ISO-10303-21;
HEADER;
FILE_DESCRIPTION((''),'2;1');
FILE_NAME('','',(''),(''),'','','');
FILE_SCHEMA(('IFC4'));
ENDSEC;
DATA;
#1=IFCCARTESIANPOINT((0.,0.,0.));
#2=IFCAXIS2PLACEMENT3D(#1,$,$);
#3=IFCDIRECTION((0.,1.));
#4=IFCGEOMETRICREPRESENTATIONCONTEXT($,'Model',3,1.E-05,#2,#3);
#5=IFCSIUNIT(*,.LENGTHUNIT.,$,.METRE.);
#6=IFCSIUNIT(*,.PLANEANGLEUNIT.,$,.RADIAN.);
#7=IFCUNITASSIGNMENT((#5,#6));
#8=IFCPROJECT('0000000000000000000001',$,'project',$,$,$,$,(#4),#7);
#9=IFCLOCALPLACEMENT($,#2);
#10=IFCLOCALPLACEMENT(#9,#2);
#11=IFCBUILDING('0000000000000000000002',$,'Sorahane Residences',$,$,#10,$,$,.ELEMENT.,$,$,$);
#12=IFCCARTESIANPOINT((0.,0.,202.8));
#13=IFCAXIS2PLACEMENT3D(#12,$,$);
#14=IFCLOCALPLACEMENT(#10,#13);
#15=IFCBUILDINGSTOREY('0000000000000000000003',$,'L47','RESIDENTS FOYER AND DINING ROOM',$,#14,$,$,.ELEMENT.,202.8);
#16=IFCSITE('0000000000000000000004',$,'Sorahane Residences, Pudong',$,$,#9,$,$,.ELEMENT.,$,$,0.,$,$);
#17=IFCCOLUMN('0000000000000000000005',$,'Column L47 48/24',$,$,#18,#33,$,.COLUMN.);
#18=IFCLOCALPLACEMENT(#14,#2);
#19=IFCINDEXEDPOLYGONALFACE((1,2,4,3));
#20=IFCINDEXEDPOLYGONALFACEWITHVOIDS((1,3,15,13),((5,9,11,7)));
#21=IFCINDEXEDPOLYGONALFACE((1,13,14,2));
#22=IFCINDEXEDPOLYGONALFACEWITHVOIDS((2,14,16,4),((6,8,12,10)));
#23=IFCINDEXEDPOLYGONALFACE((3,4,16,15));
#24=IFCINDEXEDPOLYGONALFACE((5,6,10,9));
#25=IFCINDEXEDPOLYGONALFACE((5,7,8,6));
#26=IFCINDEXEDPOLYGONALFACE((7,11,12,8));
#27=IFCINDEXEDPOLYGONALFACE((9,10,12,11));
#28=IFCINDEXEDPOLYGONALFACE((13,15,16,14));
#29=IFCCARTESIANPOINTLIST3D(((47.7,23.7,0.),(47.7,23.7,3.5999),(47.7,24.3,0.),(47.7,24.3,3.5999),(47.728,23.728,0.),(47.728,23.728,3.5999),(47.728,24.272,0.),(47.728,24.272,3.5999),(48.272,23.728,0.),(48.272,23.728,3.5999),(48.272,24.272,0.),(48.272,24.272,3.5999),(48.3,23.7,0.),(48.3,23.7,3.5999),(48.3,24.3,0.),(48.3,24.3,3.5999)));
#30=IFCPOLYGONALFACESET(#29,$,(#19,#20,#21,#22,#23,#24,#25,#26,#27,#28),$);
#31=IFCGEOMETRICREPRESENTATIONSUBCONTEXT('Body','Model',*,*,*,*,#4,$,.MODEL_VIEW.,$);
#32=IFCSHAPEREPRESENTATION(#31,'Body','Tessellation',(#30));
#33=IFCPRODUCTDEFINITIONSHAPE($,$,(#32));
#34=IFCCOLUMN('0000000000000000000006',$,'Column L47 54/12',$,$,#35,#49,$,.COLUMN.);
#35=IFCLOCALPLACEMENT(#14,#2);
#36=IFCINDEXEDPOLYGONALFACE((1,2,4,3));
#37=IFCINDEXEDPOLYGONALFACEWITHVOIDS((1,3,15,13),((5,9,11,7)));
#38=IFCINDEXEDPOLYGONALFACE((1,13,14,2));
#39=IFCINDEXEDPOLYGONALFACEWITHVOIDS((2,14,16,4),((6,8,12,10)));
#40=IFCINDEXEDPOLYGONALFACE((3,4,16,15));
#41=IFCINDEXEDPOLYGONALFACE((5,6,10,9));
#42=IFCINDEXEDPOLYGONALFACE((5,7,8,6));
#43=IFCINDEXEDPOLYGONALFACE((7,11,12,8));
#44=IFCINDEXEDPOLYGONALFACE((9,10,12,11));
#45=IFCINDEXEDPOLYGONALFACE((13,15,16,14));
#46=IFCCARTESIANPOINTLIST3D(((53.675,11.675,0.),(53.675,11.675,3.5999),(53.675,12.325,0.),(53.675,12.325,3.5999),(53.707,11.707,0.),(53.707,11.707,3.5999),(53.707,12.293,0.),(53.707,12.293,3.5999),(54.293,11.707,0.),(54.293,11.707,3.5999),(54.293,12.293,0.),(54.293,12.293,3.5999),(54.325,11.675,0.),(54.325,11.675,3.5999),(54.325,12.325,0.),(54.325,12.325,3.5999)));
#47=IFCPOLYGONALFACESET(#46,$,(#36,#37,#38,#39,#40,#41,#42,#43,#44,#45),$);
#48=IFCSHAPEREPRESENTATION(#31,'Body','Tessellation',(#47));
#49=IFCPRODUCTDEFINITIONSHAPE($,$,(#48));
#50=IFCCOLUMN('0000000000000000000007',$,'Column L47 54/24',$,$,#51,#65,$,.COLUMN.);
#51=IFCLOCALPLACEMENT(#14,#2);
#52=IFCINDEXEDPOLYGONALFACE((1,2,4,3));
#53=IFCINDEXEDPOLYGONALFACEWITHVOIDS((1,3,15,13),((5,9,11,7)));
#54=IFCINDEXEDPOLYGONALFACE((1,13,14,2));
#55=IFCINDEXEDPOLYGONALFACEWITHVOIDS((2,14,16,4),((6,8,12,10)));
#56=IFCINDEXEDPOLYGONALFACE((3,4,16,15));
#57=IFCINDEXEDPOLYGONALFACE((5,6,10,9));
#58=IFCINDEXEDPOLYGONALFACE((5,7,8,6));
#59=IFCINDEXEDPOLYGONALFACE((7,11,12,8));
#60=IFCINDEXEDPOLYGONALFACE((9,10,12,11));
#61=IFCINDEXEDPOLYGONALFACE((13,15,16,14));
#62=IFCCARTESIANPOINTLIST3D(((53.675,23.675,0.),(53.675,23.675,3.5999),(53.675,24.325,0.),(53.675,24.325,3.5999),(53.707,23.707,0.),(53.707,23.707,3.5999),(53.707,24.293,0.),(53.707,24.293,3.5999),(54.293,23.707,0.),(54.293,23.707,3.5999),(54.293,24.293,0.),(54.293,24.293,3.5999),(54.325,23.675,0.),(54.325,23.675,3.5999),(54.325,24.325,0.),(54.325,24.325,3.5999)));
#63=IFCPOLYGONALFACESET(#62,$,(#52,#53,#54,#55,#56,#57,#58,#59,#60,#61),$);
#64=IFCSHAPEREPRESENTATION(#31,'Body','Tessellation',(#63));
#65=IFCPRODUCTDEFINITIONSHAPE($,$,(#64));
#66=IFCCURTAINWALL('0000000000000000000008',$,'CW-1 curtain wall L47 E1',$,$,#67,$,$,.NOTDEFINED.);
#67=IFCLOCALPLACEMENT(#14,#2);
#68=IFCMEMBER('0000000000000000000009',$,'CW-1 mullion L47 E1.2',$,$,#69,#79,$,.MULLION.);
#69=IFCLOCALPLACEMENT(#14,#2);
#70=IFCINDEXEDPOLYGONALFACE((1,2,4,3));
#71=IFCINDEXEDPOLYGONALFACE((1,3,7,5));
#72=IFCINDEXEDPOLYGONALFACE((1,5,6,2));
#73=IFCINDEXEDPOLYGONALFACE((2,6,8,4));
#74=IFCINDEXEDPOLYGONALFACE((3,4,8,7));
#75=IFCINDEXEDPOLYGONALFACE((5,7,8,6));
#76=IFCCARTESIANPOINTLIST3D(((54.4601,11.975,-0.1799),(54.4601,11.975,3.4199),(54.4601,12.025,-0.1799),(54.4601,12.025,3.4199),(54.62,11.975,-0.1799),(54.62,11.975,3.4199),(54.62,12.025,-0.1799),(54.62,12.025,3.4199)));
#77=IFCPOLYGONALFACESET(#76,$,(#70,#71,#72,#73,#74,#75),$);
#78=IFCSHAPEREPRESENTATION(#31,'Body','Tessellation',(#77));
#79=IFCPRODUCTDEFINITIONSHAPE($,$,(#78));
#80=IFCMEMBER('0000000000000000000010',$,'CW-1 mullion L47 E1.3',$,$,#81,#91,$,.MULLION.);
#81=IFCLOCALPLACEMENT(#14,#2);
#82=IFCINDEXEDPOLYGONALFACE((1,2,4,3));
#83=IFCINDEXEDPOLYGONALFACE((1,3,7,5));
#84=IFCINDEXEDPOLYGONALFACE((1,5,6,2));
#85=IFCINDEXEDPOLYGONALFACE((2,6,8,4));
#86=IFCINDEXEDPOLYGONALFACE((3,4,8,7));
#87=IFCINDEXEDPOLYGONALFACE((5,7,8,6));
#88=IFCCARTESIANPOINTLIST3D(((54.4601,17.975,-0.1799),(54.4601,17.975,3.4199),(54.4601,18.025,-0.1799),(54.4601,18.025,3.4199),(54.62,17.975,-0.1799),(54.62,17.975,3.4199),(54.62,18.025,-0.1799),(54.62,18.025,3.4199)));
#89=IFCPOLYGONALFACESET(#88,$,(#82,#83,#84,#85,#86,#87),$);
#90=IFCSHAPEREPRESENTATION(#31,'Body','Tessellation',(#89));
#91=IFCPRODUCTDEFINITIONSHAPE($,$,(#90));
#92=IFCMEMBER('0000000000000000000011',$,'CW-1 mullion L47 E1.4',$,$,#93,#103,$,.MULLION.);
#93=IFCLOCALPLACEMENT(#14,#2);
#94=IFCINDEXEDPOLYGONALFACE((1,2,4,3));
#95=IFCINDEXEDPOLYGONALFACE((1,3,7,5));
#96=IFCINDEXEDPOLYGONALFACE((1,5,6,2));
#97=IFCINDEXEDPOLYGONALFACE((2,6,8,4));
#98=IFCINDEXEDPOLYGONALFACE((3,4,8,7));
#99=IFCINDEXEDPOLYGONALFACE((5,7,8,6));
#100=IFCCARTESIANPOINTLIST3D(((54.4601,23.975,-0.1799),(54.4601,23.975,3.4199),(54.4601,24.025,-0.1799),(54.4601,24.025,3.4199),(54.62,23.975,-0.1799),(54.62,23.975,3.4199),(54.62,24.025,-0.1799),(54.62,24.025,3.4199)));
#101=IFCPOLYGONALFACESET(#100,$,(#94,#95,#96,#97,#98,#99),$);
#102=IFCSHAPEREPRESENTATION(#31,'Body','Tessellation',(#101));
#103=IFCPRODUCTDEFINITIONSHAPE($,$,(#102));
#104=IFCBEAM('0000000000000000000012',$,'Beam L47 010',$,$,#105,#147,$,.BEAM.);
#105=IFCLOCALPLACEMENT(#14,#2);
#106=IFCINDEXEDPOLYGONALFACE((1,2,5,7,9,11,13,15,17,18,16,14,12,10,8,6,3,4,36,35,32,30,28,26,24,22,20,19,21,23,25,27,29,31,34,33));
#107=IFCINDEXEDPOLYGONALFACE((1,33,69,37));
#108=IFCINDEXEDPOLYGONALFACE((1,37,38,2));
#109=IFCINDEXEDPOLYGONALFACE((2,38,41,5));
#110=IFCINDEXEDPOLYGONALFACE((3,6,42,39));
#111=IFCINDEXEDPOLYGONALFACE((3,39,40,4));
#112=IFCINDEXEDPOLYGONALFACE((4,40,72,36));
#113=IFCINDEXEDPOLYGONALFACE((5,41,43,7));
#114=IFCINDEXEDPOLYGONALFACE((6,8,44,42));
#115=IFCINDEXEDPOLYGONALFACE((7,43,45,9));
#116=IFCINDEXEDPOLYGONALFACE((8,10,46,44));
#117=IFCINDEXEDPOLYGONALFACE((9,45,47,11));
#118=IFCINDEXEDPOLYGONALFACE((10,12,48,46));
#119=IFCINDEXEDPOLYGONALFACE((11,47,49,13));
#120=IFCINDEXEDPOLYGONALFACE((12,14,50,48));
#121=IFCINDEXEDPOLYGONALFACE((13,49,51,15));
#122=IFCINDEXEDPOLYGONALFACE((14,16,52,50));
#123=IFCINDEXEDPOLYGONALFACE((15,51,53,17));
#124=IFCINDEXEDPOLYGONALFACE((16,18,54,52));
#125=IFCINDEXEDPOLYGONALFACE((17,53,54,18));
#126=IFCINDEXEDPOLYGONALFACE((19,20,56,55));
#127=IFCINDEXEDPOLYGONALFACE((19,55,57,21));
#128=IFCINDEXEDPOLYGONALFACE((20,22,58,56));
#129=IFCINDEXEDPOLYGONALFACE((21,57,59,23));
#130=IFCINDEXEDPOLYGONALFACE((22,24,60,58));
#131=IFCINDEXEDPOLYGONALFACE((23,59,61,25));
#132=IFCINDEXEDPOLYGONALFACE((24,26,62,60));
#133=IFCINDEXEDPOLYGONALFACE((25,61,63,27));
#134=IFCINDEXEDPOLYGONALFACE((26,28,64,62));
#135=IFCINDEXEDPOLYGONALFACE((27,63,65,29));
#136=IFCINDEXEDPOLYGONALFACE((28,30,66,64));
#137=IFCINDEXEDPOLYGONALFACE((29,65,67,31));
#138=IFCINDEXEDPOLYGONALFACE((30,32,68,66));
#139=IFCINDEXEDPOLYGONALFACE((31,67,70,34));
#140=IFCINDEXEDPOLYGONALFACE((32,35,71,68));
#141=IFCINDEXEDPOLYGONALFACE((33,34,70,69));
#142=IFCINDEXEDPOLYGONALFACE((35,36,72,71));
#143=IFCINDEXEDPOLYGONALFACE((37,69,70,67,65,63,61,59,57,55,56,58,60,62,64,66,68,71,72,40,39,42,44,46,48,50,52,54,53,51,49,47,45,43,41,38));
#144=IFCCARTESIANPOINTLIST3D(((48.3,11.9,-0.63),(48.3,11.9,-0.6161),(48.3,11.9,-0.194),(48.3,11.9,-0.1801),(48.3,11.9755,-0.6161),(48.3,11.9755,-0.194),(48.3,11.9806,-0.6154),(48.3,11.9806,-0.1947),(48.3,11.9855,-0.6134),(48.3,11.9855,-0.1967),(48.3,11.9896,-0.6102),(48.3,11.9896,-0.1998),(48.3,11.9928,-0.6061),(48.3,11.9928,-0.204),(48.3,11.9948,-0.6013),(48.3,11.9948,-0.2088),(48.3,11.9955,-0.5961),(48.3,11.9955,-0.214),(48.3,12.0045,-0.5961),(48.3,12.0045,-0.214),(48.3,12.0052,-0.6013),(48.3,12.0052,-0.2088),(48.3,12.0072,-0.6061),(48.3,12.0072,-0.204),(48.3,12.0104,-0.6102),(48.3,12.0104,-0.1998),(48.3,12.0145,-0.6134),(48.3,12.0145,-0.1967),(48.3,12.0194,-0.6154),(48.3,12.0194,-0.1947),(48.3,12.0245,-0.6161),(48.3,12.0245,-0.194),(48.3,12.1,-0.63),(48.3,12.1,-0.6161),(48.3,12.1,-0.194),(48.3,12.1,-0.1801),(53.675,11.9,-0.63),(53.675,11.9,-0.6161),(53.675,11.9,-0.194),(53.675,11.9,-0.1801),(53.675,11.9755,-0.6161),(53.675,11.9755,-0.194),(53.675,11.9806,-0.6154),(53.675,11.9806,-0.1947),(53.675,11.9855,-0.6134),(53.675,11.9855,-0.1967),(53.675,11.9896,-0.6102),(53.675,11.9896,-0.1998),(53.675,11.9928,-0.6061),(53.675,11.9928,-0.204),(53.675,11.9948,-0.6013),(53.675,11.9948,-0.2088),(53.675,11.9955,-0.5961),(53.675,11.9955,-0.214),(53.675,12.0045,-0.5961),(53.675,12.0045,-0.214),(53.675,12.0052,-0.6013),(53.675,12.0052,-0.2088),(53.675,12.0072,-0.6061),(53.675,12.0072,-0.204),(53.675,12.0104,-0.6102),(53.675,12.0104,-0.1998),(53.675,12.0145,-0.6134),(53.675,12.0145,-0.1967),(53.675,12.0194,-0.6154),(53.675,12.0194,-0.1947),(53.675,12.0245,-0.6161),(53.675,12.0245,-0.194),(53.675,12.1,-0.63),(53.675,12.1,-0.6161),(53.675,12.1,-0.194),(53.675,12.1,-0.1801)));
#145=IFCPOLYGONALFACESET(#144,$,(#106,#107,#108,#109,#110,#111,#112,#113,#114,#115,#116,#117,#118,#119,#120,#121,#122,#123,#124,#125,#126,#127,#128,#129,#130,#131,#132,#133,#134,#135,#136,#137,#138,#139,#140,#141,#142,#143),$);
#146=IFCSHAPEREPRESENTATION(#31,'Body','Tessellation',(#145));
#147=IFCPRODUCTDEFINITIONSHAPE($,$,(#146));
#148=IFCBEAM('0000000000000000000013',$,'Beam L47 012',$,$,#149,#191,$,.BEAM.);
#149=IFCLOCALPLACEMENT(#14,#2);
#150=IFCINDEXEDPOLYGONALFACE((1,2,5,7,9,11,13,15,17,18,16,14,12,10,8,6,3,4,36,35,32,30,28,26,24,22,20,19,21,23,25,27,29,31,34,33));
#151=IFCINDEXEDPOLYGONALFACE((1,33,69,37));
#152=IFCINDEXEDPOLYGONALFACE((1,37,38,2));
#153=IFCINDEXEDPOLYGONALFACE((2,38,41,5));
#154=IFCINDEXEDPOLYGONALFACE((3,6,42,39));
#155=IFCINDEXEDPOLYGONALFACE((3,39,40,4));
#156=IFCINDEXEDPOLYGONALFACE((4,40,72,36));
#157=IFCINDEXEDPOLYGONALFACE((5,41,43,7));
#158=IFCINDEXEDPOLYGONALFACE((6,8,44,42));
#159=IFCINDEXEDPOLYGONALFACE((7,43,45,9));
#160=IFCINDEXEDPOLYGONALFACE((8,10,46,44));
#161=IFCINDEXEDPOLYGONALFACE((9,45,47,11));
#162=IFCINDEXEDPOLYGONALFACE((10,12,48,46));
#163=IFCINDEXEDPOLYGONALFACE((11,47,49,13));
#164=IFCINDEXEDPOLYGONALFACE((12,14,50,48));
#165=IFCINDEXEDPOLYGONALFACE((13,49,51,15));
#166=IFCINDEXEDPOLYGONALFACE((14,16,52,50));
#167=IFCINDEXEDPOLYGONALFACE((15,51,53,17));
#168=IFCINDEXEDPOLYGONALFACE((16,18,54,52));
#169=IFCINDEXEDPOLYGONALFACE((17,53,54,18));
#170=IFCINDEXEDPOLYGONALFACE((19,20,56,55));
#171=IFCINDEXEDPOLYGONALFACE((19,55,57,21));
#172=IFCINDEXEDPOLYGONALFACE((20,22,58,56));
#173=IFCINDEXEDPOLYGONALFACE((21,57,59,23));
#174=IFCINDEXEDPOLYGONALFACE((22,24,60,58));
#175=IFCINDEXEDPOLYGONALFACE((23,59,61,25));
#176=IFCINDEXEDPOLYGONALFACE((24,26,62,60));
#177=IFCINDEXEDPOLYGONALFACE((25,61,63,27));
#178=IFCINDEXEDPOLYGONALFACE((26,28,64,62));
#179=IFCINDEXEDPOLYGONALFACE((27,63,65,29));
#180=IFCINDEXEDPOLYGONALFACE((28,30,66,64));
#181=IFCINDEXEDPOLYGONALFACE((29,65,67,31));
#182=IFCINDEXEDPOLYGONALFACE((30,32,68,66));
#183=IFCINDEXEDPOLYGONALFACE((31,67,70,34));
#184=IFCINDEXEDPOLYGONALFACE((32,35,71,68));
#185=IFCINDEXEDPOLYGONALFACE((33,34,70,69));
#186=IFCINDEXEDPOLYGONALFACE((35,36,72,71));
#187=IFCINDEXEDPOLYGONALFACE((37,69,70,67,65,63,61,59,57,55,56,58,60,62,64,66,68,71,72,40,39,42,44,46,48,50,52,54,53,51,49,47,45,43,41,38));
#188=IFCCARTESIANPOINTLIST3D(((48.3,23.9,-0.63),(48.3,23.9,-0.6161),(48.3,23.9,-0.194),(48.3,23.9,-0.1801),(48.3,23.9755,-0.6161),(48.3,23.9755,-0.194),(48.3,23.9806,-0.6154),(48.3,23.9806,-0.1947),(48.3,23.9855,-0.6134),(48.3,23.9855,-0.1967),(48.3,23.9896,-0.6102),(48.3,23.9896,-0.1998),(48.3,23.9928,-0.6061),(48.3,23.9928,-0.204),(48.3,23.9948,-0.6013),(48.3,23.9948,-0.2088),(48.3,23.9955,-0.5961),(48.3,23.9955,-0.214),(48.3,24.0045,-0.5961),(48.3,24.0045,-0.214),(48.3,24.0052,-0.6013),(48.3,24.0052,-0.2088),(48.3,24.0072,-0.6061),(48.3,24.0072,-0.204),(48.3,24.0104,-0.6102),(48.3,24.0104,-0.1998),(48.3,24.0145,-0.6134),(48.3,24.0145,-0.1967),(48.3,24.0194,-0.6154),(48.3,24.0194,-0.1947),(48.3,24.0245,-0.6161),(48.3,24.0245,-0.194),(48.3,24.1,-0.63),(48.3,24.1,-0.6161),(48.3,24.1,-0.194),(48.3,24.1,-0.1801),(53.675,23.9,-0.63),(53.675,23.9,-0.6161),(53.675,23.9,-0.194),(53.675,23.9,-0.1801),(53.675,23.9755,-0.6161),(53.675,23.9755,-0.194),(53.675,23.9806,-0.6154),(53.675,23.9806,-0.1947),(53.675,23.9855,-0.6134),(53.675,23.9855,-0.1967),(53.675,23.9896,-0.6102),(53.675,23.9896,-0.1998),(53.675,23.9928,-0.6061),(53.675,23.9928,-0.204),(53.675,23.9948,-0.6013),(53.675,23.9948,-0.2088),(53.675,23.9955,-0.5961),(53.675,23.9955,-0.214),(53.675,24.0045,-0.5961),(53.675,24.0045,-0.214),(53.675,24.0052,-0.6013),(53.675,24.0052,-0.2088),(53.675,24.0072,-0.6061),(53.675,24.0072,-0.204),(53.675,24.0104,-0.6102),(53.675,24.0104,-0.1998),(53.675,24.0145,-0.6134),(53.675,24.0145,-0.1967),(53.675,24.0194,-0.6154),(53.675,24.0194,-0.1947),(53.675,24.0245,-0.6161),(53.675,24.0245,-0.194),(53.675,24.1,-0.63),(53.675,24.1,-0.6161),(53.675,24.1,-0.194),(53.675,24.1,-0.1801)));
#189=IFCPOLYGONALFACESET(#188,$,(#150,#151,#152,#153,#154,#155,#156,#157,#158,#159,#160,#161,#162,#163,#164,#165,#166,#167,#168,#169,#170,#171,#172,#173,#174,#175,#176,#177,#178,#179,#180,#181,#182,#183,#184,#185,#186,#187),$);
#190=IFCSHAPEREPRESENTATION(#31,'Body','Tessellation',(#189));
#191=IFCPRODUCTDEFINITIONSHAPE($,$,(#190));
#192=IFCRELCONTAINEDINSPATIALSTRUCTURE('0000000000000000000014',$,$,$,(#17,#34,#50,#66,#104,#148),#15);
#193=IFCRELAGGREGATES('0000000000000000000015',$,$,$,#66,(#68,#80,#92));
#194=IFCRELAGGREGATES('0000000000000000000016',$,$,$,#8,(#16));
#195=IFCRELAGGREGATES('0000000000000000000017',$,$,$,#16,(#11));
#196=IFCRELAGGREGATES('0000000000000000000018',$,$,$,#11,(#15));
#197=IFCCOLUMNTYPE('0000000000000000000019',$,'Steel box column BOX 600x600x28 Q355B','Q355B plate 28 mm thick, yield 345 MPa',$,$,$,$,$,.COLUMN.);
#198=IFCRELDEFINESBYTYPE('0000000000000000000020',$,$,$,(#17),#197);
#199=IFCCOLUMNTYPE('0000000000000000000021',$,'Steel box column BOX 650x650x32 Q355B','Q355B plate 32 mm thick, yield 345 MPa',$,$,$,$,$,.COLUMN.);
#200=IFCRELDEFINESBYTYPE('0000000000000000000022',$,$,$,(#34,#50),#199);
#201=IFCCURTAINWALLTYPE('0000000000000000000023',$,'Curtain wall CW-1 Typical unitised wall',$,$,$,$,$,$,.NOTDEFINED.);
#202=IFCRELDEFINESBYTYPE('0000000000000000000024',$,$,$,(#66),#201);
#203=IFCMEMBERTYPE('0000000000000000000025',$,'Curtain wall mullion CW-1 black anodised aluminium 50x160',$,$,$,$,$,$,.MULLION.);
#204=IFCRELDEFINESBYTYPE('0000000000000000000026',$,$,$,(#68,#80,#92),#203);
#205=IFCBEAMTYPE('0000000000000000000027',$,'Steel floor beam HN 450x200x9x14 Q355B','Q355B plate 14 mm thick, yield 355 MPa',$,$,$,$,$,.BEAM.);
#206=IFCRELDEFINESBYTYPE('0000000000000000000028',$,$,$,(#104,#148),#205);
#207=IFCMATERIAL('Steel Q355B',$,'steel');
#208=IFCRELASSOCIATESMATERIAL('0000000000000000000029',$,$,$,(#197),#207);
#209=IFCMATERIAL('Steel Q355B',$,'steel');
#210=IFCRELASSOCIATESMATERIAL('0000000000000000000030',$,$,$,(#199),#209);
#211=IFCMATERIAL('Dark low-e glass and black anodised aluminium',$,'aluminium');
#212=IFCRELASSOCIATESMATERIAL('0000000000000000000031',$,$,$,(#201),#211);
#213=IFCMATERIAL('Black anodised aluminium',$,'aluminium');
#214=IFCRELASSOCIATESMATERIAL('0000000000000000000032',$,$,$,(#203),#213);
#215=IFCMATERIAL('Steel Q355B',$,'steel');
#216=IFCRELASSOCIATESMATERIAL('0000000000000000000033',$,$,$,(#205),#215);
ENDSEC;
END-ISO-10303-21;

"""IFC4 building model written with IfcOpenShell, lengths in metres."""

from ifc_helpers import new_model, si_unit, direction, frame, origin, origin_2d, place, context, subcontext, project, spatial, rectangle, hollow_rectangle, i_section, extrude, material, material_profile, profile_set, type_object, element, aggregate, save


model = new_model("IFC4")

# Units and contexts
model_context = context("Model", 3, precision=1e-05, world=origin(), true_north=direction((0.0, 1.0)))
body_context = subcontext(model_context, "Body", "Model", "MODEL_VIEW")
ifc_project = project(units=[si_unit("LENGTHUNIT", "METRE"), si_unit("PLANEANGLEUNIT", "RADIAN")], contexts=[model_context])

# Site, building, storey
site_placement = place(None, origin())
site = spatial("IfcSite", under=ifc_project, at=site_placement, Name="Sorahane Residences, Pudong", CompositionType="ELEMENT", RefElevation=0.0)
building_placement = place(site_placement, origin())
building = spatial("IfcBuilding", under=site, at=building_placement, Name="Sorahane Residences", CompositionType="ELEMENT")
storey_placement = place(building_placement, frame((0.0, 0.0, 202.8)))
storey = spatial("IfcBuildingStorey", under=building, at=storey_placement, Name="L47", Description="RESIDENTS FOYER AND DINING ROOM", CompositionType="ELEMENT", Elevation=202.8)

# Columns
ifc_material_1 = material(Name="Steel Q355B", Category="steel")
ifc_material_profile_1 = material_profile(ifc_material_1, hollow_rectangle(XDim=0.6001, YDim=0.6001, WallThickness=0.0281, at=origin_2d()), Name="BOX 600x600x28")
ifc_profile_set_1 = profile_set([ifc_material_profile_1], Name="Steel Q355B")
column_type_1 = type_object("IfcColumnType", Name="Steel box column BOX 600x600x28 Q355B", Description="Q355B plate 28 mm thick, yield 345 MPa", PredefinedType="COLUMN", material=ifc_profile_set_1)
column_placement = place(storey_placement, frame((48.0, 24.0, 0.0), z_axis=(0.0, 0.0, 1.0), x_axis=(1.0, 0.0, 0.0)))
element("IfcColumn", 1, at=column_placement, inside=storey, type_object=column_type_1, Name="Column L47 48/24", PredefinedType="COLUMN", context=body_context, shape_type="SweptSolid", body=[
    extrude(hollow_rectangle(XDim=0.6001, YDim=0.6001, WallThickness=0.0281, at=origin_2d()), origin(), (0.0, 0.0, 1.0), 3.5999),
])
ifc_material_2 = material(Name="Steel Q355B", Category="steel")
ifc_material_profile_2 = material_profile(ifc_material_2, hollow_rectangle(XDim=0.6499, YDim=0.6499, WallThickness=0.032, at=origin_2d()), Name="BOX 650x650x32")
ifc_profile_set_2 = profile_set([ifc_material_profile_2], Name="Steel Q355B")
column_type_2 = type_object("IfcColumnType", Name="Steel box column BOX 650x650x32 Q355B", Description="Q355B plate 32 mm thick, yield 345 MPa", PredefinedType="COLUMN", material=ifc_profile_set_2)
for number, where, z_axis, x_axis, name in (
    (2, (54.0, 12.0, 0.0), (0.0, 0.0, 1.0), (1.0, 0.0, 0.0), "Column L47 54/12"),
    (3, (54.0, 24.0, 0.0), (0.0, 0.0, 1.0), (1.0, 0.0, 0.0), "Column L47 54/24"),
):
    element("IfcColumn", number, at=place(storey_placement, frame(where, z_axis=z_axis, x_axis=x_axis)), inside=storey, type_object=column_type_2, Name=name, PredefinedType="COLUMN", context=body_context, shape_type="SweptSolid", body=[
        extrude(hollow_rectangle(XDim=0.6499, YDim=0.6499, WallThickness=0.032, at=origin_2d()), origin(), (0.0, 0.0, 1.0), 3.5999),
    ])

# Curtain wall, members
ifc_material_3 = material(Name="Dark low-e glass and black anodised aluminium", Category="aluminium")
curtain_wall_type = type_object("IfcCurtainWallType", Name="Curtain wall CW-1 Typical unitised wall", PredefinedType="NOTDEFINED", material=ifc_material_3)
curtain_wall_placement = place(storey_placement, origin())
curtain_wall = element("IfcCurtainWall", 4, at=curtain_wall_placement, inside=storey, type_object=curtain_wall_type, Name="CW-1 curtain wall L47 E1", PredefinedType="NOTDEFINED")
ifc_material_4 = material(Name="Black anodised aluminium", Category="aluminium")
ifc_material_profile_3 = material_profile(ifc_material_4, rectangle(XDim=0.1599, YDim=0.05, at=origin_2d()), Name="Curtain wall mullion CW-1 black anodised aluminium 50x160")
ifc_profile_set_3 = profile_set([ifc_material_profile_3], Name="Black anodised aluminium")
member_type = type_object("IfcMemberType", Name="Curtain wall mullion CW-1 black anodised aluminium 50x160", PredefinedType="MULLION", material=ifc_profile_set_3)
member_1_placement = place(storey_placement, frame((54.54, 12.0, -0.1799), z_axis=(0.0, 0.0, 1.0), x_axis=(1.0, 0.0, 0.0)))
member_1 = element("IfcMember", 5, at=member_1_placement, type_object=member_type, Name="CW-1 mullion L47 E1.2", PredefinedType="MULLION", context=body_context, shape_type="SweptSolid", body=[
    extrude(rectangle(XDim=0.1599, YDim=0.05, at=origin_2d()), origin(), (0.0, 0.0, 1.0), 3.5999),
])
member_2_placement = place(storey_placement, frame((54.54, 18.0, -0.1799), z_axis=(0.0, 0.0, 1.0), x_axis=(1.0, 0.0, 0.0)))
member_2 = element("IfcMember", 6, at=member_2_placement, type_object=member_type, Name="CW-1 mullion L47 E1.3", PredefinedType="MULLION", context=body_context, shape_type="SweptSolid", body=[
    extrude(rectangle(XDim=0.1599, YDim=0.05, at=origin_2d()), origin(), (0.0, 0.0, 1.0), 3.5999),
])
member_3_placement = place(storey_placement, frame((54.54, 24.0, -0.1799), z_axis=(0.0, 0.0, 1.0), x_axis=(1.0, 0.0, 0.0)))
member_3 = element("IfcMember", 7, at=member_3_placement, type_object=member_type, Name="CW-1 mullion L47 E1.4", PredefinedType="MULLION", context=body_context, shape_type="SweptSolid", body=[
    extrude(rectangle(XDim=0.1599, YDim=0.05, at=origin_2d()), origin(), (0.0, 0.0, 1.0), 3.5999),
])

# Beams
ifc_material_5 = material(Name="Steel Q355B", Category="steel")
ifc_material_profile_4 = material_profile(ifc_material_5, i_section(OverallWidth=0.2, OverallDepth=0.45, WebThickness=0.009, FlangeThickness=0.0139, FilletRadius=0.02, at=origin_2d()), Name="HN 450x200x9x14")
ifc_profile_set_4 = profile_set([ifc_material_profile_4], Name="Steel Q355B")
beam_type_1 = type_object("IfcBeamType", Name="Steel floor beam HN 450x200x9x14 Q355B", Description="Q355B plate 14 mm thick, yield 355 MPa", PredefinedType="BEAM", material=ifc_profile_set_4)
for number, where, z_axis, x_axis, name in (
    (8, (48.3, 12.0, -0.405), (1.0, 0.0, 0.0), (0.0, 1.0, 0.0), "Beam L47 010"),
    (9, (48.3, 24.0, -0.405), (1.0, 0.0, 0.0), (0.0, 1.0, 0.0), "Beam L47 012"),
):
    element("IfcBeam", number, at=place(storey_placement, frame(where, z_axis=z_axis, x_axis=x_axis)), inside=storey, type_object=beam_type_1, Name=name, PredefinedType="BEAM", context=body_context, shape_type="SweptSolid", body=[
        extrude(i_section(OverallWidth=0.2, OverallDepth=0.45, WebThickness=0.009, FlangeThickness=0.0139, FilletRadius=0.02, at=origin_2d()), origin(), (0.0, 0.0, 1.0), 5.375),
    ])

aggregate(curtain_wall, [member_1, member_2, member_3])

save(model, "model.ifc")
